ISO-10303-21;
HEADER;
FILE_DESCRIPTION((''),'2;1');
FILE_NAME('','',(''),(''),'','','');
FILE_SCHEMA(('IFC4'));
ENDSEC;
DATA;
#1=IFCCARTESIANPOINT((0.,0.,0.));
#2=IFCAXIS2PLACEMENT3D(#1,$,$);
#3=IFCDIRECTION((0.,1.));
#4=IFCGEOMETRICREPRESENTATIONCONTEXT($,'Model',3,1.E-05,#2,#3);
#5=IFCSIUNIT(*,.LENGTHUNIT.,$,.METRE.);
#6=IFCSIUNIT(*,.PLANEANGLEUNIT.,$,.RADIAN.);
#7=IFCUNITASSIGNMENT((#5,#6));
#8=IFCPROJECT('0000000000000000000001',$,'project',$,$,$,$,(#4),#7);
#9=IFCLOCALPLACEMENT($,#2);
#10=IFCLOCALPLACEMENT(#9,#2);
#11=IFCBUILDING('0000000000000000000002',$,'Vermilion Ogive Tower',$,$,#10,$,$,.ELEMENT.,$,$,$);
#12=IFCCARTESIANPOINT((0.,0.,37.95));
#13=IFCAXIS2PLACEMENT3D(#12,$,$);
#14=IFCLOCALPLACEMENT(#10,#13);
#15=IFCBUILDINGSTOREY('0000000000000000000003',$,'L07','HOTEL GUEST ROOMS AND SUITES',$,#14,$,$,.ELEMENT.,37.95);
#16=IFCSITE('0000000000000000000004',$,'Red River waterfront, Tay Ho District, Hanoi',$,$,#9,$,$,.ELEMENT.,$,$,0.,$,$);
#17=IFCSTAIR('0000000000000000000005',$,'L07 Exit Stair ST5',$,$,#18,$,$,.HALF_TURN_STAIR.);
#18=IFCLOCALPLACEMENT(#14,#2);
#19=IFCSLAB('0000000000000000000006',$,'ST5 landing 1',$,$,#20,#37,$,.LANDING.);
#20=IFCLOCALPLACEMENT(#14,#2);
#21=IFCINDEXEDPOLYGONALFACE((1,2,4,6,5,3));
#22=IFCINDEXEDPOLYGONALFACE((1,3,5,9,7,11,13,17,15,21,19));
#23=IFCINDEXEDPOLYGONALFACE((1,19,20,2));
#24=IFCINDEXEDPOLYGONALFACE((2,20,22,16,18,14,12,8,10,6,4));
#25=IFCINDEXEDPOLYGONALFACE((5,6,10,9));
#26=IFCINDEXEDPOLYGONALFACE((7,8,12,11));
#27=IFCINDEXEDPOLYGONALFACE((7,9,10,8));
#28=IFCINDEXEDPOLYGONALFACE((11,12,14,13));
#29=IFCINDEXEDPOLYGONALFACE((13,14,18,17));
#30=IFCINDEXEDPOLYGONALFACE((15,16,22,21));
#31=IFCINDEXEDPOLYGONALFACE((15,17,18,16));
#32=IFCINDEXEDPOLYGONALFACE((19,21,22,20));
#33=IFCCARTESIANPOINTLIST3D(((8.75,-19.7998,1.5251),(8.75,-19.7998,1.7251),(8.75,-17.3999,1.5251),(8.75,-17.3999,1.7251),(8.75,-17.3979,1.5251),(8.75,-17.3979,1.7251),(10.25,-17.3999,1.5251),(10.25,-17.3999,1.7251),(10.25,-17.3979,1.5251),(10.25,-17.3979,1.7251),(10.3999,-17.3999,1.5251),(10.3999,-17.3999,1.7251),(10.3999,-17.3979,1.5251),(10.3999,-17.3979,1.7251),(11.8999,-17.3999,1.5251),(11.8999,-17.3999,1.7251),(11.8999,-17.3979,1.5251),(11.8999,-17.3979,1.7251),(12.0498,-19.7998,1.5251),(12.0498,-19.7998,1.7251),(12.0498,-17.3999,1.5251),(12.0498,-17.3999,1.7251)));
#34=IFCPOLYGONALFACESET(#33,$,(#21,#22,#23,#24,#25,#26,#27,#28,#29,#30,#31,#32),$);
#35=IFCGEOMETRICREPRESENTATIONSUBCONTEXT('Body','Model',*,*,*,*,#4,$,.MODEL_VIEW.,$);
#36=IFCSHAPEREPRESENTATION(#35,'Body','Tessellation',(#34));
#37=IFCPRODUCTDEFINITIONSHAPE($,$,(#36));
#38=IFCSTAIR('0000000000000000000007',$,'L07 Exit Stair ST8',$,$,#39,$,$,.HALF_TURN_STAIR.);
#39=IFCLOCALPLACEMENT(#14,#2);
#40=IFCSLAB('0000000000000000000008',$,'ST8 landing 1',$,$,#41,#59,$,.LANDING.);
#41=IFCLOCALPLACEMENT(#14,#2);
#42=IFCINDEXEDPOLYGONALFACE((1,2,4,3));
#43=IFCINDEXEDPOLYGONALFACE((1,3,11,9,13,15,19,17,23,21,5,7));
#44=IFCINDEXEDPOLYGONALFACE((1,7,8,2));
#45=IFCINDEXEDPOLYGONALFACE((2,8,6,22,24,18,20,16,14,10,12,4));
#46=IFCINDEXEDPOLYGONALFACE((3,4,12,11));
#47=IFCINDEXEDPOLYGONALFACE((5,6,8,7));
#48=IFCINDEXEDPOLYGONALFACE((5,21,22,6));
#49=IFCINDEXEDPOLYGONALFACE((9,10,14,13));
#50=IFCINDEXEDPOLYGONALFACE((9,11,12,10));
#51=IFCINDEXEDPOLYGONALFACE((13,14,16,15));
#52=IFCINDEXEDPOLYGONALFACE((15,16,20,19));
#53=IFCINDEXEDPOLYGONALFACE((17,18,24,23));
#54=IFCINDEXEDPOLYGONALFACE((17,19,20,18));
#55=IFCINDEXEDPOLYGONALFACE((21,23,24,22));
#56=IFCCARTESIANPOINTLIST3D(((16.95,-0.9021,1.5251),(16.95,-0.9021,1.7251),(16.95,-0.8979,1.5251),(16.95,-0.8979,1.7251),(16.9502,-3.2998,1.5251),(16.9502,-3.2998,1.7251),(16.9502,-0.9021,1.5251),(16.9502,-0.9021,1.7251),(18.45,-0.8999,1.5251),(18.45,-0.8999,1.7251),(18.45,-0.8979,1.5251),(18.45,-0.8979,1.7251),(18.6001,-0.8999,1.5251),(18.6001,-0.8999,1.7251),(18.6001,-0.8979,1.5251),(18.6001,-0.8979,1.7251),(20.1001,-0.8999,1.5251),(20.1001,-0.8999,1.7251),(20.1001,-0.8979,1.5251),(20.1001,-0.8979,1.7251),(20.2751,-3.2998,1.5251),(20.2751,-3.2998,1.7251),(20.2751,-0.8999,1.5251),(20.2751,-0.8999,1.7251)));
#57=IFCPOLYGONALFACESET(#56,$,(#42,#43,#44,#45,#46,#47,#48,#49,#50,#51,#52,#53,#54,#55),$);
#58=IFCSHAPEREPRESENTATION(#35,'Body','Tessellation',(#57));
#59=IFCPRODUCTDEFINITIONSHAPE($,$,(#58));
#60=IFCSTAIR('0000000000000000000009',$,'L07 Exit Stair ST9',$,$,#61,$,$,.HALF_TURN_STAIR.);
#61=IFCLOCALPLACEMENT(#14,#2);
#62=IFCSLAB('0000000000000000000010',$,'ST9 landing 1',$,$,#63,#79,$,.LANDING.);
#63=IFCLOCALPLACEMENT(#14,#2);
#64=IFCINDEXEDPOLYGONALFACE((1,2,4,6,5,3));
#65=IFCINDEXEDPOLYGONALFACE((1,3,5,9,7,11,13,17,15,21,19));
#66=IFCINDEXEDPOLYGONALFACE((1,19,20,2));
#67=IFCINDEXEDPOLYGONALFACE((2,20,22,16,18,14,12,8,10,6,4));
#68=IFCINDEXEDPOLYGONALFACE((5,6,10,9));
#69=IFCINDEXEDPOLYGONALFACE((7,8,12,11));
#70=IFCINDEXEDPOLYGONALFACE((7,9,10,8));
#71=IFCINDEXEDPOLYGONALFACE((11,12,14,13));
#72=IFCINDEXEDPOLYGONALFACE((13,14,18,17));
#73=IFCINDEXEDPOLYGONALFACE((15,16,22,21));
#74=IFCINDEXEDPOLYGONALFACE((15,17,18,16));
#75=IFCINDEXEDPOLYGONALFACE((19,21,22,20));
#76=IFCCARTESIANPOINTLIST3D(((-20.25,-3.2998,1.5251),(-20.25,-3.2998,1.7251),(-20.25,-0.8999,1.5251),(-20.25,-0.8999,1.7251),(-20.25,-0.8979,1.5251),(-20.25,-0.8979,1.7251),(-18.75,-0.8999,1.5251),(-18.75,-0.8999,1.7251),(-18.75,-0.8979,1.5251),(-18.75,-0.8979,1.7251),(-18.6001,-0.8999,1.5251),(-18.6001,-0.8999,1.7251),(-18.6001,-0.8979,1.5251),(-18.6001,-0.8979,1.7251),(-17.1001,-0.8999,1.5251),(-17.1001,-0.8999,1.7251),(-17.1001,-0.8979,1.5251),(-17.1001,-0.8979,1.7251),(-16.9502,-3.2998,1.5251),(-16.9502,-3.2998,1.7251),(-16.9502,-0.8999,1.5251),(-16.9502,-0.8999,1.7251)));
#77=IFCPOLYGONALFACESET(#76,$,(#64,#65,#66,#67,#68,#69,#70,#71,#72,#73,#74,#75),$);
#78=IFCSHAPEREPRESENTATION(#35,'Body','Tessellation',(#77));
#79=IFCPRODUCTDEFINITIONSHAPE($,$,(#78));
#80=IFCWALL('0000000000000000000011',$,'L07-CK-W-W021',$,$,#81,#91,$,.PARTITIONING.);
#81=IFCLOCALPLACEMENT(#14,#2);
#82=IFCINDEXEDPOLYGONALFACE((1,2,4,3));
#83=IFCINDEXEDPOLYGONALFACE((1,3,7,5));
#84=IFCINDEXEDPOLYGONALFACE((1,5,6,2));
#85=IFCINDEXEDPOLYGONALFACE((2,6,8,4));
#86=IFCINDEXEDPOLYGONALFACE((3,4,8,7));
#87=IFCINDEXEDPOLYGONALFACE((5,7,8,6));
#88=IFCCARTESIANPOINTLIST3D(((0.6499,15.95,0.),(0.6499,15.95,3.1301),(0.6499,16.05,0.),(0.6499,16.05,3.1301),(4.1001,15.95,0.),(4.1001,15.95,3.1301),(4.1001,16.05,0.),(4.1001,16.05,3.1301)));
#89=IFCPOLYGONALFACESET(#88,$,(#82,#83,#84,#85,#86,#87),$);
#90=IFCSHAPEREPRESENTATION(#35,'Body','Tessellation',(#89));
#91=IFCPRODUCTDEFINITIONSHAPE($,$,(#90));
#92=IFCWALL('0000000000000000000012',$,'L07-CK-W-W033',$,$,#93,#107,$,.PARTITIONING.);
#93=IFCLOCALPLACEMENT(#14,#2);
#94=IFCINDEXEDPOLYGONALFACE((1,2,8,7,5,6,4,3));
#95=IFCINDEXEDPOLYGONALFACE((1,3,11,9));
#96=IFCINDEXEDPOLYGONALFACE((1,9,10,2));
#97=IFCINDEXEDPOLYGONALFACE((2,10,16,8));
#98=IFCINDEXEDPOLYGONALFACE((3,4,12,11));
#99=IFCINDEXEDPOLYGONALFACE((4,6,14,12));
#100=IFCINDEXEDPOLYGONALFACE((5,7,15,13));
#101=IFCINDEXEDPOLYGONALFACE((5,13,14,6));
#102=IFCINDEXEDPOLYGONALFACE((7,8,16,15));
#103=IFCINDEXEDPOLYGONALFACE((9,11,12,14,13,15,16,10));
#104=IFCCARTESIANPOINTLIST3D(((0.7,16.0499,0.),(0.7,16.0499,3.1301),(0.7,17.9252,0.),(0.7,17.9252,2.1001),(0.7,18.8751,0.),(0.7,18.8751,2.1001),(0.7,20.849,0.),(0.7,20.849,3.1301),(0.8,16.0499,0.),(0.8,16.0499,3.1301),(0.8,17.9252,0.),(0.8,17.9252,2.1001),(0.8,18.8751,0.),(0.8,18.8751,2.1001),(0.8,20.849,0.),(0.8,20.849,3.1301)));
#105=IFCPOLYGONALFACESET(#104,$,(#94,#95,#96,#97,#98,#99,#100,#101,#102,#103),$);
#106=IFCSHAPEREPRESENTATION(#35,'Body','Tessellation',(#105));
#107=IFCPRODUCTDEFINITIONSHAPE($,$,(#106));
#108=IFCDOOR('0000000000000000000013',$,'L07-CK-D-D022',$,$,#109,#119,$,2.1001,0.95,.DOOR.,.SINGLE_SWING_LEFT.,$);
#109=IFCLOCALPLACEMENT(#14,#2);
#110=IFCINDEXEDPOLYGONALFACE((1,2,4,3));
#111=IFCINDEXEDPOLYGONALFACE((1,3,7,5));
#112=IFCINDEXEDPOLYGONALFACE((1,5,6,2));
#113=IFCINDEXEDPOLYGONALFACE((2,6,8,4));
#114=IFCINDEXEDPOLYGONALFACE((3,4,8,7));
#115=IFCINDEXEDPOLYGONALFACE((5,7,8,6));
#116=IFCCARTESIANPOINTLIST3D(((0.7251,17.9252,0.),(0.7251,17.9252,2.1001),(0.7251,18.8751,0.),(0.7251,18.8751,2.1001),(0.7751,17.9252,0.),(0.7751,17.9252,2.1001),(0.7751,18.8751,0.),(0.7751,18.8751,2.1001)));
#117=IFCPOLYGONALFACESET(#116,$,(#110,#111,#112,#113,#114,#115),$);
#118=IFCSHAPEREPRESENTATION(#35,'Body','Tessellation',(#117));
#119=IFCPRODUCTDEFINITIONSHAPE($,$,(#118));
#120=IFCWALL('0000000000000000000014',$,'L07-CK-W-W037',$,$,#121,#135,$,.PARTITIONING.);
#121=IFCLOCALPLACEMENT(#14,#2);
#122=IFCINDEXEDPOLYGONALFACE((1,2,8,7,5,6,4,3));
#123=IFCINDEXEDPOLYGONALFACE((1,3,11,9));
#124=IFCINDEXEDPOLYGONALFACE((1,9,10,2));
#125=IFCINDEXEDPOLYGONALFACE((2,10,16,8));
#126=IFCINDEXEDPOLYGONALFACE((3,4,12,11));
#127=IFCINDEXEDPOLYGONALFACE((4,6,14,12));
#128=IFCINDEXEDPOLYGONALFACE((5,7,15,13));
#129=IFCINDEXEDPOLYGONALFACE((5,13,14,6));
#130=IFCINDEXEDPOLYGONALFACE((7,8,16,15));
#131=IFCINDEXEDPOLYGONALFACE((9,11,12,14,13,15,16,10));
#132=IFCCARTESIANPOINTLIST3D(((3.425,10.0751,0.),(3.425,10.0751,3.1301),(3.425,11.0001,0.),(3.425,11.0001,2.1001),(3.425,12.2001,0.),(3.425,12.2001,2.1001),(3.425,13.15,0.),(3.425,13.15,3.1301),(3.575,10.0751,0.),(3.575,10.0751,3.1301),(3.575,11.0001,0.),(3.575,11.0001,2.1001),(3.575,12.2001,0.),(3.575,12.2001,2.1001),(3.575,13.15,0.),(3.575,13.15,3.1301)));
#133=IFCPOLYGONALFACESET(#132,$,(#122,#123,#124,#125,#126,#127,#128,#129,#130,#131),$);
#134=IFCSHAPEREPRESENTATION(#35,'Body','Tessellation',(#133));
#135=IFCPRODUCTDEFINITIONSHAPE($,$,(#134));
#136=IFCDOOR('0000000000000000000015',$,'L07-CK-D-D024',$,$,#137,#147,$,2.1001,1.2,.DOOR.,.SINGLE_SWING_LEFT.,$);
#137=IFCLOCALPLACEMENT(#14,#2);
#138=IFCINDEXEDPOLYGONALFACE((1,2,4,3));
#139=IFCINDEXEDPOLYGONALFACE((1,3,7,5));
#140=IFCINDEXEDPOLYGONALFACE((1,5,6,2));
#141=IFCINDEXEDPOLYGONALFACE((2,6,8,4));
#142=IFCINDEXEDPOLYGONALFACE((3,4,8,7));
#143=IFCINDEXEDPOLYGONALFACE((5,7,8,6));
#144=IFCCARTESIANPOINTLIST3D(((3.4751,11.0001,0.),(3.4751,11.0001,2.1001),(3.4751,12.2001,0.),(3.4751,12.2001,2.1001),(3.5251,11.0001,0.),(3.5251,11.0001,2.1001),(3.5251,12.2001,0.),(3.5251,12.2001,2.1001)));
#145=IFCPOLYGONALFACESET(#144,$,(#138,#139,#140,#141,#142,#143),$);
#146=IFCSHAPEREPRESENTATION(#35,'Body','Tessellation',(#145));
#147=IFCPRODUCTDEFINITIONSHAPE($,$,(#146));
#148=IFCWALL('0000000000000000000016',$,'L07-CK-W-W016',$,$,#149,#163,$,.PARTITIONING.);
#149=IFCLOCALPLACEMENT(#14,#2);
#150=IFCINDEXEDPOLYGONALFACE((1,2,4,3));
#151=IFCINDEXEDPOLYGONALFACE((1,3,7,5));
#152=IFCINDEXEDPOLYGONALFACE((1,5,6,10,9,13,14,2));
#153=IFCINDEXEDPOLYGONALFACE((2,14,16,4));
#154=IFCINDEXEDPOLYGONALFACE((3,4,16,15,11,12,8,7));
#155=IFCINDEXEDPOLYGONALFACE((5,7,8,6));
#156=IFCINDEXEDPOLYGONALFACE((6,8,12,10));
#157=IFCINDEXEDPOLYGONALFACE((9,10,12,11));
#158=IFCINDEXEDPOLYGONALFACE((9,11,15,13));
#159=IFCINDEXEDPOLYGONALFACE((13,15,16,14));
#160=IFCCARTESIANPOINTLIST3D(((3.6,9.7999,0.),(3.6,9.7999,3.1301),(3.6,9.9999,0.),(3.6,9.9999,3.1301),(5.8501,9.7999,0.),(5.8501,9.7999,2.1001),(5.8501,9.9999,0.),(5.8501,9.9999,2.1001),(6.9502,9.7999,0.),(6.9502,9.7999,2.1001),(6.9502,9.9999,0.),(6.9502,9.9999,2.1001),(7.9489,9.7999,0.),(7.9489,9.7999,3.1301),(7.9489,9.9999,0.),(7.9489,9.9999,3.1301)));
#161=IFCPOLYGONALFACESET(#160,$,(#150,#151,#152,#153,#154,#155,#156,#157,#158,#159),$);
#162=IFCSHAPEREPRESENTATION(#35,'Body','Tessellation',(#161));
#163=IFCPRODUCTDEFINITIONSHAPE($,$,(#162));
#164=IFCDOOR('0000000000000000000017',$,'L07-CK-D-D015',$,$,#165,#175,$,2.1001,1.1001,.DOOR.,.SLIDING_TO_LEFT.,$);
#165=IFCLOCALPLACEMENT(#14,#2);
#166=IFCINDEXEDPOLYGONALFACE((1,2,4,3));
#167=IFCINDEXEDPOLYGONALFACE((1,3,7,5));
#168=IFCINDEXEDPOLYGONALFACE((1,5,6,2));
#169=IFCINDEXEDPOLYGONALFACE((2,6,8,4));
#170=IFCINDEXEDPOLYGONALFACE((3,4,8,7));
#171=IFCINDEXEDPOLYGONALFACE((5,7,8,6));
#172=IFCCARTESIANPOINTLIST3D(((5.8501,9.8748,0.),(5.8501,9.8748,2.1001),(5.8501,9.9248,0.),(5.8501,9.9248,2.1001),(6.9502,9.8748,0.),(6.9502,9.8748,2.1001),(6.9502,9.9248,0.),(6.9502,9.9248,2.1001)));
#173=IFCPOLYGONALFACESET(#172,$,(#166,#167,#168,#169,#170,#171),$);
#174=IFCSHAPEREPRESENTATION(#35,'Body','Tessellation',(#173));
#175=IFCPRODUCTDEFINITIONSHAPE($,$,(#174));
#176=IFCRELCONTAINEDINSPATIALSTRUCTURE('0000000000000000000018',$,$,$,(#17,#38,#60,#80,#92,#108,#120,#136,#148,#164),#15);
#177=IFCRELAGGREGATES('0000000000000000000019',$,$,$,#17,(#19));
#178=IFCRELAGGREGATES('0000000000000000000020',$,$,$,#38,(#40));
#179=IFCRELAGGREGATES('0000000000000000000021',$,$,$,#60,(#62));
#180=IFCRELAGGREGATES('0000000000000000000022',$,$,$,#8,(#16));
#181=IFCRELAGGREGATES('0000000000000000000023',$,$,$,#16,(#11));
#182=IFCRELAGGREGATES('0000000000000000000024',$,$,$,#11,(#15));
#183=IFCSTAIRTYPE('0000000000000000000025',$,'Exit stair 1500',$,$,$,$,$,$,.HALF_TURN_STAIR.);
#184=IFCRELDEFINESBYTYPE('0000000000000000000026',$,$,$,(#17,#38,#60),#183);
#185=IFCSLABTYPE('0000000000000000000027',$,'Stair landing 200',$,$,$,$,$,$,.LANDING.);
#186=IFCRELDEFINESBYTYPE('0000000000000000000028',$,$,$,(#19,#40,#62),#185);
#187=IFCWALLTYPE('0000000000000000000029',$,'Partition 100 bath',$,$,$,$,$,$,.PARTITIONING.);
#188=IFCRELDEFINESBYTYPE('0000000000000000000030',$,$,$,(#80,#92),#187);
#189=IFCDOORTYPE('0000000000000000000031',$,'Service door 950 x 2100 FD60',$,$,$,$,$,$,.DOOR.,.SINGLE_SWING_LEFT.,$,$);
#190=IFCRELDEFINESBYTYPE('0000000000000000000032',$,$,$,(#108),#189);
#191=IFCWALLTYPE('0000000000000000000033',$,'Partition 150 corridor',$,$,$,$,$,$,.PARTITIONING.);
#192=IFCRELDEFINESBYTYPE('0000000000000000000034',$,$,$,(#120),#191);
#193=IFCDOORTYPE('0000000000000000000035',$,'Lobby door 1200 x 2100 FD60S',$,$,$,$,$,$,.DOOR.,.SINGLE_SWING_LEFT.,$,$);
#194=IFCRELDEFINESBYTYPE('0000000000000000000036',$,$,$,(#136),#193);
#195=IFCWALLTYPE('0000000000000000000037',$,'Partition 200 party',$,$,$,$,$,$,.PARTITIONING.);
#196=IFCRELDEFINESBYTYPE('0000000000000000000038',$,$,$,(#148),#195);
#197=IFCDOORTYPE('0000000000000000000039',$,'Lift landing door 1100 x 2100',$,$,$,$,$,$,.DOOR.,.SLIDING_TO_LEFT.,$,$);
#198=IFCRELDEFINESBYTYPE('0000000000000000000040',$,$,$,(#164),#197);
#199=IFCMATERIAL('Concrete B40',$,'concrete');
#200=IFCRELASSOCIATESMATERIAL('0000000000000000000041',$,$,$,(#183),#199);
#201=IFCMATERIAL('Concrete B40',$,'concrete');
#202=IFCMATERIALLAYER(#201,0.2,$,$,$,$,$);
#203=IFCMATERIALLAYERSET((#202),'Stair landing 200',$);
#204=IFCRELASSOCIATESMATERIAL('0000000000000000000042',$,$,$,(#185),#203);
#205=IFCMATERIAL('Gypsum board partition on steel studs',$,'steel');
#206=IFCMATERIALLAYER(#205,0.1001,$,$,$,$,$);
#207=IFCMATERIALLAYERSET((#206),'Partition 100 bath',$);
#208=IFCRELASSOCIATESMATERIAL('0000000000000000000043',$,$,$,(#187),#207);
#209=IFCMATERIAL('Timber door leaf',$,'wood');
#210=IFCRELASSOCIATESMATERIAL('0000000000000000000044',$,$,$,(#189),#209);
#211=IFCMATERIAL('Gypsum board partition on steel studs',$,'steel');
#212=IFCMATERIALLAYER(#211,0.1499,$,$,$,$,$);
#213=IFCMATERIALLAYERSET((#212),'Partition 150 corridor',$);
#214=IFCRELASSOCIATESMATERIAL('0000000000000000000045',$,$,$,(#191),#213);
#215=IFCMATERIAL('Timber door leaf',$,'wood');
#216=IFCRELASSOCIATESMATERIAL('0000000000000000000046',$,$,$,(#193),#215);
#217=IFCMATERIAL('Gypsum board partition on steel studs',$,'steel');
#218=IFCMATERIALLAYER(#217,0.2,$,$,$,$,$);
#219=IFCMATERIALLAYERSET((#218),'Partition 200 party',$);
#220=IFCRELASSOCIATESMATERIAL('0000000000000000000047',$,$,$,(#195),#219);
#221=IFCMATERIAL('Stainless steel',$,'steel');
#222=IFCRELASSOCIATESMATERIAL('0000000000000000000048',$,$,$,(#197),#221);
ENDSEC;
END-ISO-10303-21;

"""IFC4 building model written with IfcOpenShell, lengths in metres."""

from ifc_helpers import new_model, si_unit, direction, frame, frame_2d, origin, place, context, subcontext, project, spatial, polyline, rectangle, outline, extrude, material, layer, layer_set, type_object, element, fill, aggregate, save


model = new_model("IFC4")

# Units and contexts
model_context = context("Model", 3, precision=1e-05, world=origin(), true_north=direction((0.0, 1.0)))
body_context = subcontext(model_context, "Body", "Model", "MODEL_VIEW")
ifc_project = project(units=[si_unit("LENGTHUNIT", "METRE"), si_unit("PLANEANGLEUNIT", "RADIAN")], contexts=[model_context])

# Site, building, storey
site_placement = place(None, origin())
site = spatial("IfcSite", under=ifc_project, at=site_placement, Name="Red River waterfront, Tay Ho District, Hanoi", CompositionType="ELEMENT", RefElevation=0.0)
building_placement = place(site_placement, origin())
building = spatial("IfcBuilding", under=site, at=building_placement, Name="Vermilion Ogive Tower", CompositionType="ELEMENT")
storey_placement = place(building_placement, frame((0.0, 0.0, 37.95)))
storey = spatial("IfcBuildingStorey", under=building, at=storey_placement, Name="L07", Description="HOTEL GUEST ROOMS AND SUITES", CompositionType="ELEMENT", Elevation=37.95)

# Stairs, slabs
ifc_material_1 = material(Name="Concrete B40", Category="concrete")
stair_type = type_object("IfcStairType", Name="Exit stair 1500", PredefinedType="HALF_TURN_STAIR", material=ifc_material_1)
ifc_material_2 = material(Name="Concrete B40", Category="concrete")
ifc_layer_1 = layer(ifc_material_2, 0.2)
ifc_layer_set_1 = layer_set([ifc_layer_1], Name="Stair landing 200")
slab_type_1 = type_object("IfcSlabType", Name="Stair landing 200", PredefinedType="LANDING", material=ifc_layer_set_1)
stair_1_placement = place(storey_placement, origin())
stair_1 = element("IfcStair", 1, at=stair_1_placement, inside=storey, type_object=stair_type, Name="L07 Exit Stair ST5", PredefinedType="HALF_TURN_STAIR")
slab_1_placement = place(storey_placement, frame((0.0, 0.0, 1.5251)))
slab_1 = element("IfcSlab", 2, at=slab_1_placement, type_object=slab_type_1, Name="ST5 landing 1", PredefinedType="LANDING", context=body_context, shape_type="SweptSolid", body=[
    extrude(outline(polyline([(12.0498, -17.3999), (11.8999, -17.3999), (11.8999, -17.3979), (10.3999, -17.3979), (10.3999, -17.3999), (10.25, -17.3999), (10.25, -17.3979), (8.75, -17.3979), (8.75, -17.3999), (8.75, -17.3999), (8.75, -19.7998), (12.0498, -19.7998), (12.0498, -17.3999)])), origin(), (0.0, 0.0, 1.0), 0.2),
])
aggregate(stair_1, [slab_1])
stair_2_placement = place(storey_placement, origin())
stair_2 = element("IfcStair", 3, at=stair_2_placement, inside=storey, type_object=stair_type, Name="L07 Exit Stair ST8", PredefinedType="HALF_TURN_STAIR")
slab_2_placement = place(storey_placement, frame((0.0, 0.0, 1.5251)))
slab_2 = element("IfcSlab", 4, at=slab_2_placement, type_object=slab_type_1, Name="ST8 landing 1", PredefinedType="LANDING", context=body_context, shape_type="SweptSolid", body=[
    extrude(outline(polyline([(20.2751, -0.8999), (20.1001, -0.8999), (20.1001, -0.8979), (18.6001, -0.8979), (18.6001, -0.8999), (18.45, -0.8999), (18.45, -0.8979), (16.95, -0.8979), (16.95, -0.9021), (16.9502, -0.9021), (16.9502, -3.2998), (20.2751, -3.2998), (20.2751, -0.8999)])), origin(), (0.0, 0.0, 1.0), 0.2),
])
aggregate(stair_2, [slab_2])
stair_3_placement = place(storey_placement, origin())
stair_3 = element("IfcStair", 5, at=stair_3_placement, inside=storey, type_object=stair_type, Name="L07 Exit Stair ST9", PredefinedType="HALF_TURN_STAIR")
slab_3_placement = place(storey_placement, frame((0.0, 0.0, 1.5251)))
slab_3 = element("IfcSlab", 6, at=slab_3_placement, type_object=slab_type_1, Name="ST9 landing 1", PredefinedType="LANDING", context=body_context, shape_type="SweptSolid", body=[
    extrude(outline(polyline([(-16.9502, -0.8999), (-17.1001, -0.8999), (-17.1001, -0.8979), (-18.6001, -0.8979), (-18.6001, -0.8999), (-18.75, -0.8999), (-18.75, -0.8979), (-20.25, -0.8979), (-20.25, -0.8999), (-20.25, -0.8999), (-20.25, -3.2998), (-16.9502, -3.2998), (-16.9502, -0.8999)])), origin(), (0.0, 0.0, 1.0), 0.2),
])
aggregate(stair_3, [slab_3])

# Wall
ifc_material_3 = material(Name="Gypsum board partition on steel studs", Category="steel")
ifc_layer_2 = layer(ifc_material_3, 0.1001)
ifc_layer_set_2 = layer_set([ifc_layer_2], Name="Partition 100 bath")
wall_type_1 = type_object("IfcWallType", Name="Partition 100 bath", PredefinedType="PARTITIONING", material=ifc_layer_set_2)
wall_1_placement = place(storey_placement, frame((0.6499, 16.0, 0.0), z_axis=(0.0, 0.0, 1.0), x_axis=(1.0, 0.0, 0.0)))
element("IfcWall", 7, at=wall_1_placement, inside=storey, type_object=wall_type_1, Name="L07-CK-W-W021", PredefinedType="PARTITIONING", context=body_context, shape_type="SweptSolid", body=[
    extrude(rectangle(XDim=3.4502, YDim=0.1001, at=frame_2d((1.7251, 0.0))), origin(), (0.0, 0.0, 1.0), 3.1301),
])

# Walls, openings, doors
wall_2_placement = place(storey_placement, frame((0.75, 16.05, 0.0), z_axis=(0.0, 0.0, 1.0), x_axis=(0.0, 1.0, 0.0)))
wall_2 = element("IfcWall", 8, at=wall_2_placement, inside=storey, type_object=wall_type_1, Name="L07-CK-W-W033", PredefinedType="PARTITIONING", context=body_context, shape_type="SweptSolid", body=[
    extrude(rectangle(XDim=4.7991, YDim=0.1001, at=frame_2d((2.3994, 0.0))), origin(), (0.0, 0.0, 1.0), 3.1301),
])
opening_1_placement = place(wall_2_placement, frame((1.875, 0.0, 0.0)))
opening_1 = element("IfcOpeningElement", 9, at=opening_1_placement, cuts=wall_2, PredefinedType="OPENING", context=body_context, shape_type="SweptSolid", body=[
    extrude(rectangle(XDim=0.95, YDim=2.1001, at=frame_2d((0.4751, 1.05))), frame((0.0, 0.0601, 0.0), z_axis=(0.0, -1.0, 0.0), x_axis=(1.0, 0.0, 0.0)), (0.0, 0.0, 1.0), 0.1201),
])
ifc_material_4 = material(Name="Timber door leaf", Category="wood")
door_type_1 = type_object("IfcDoorType", Name="Service door 950 x 2100 FD60", OperationType="SINGLE_SWING_LEFT", PredefinedType="DOOR", material=ifc_material_4)
door_1_placement = place(opening_1_placement, origin())
door_1 = element("IfcDoor", 10, at=door_1_placement, inside=storey, type_object=door_type_1, Name="L07-CK-D-D022", OperationType="SINGLE_SWING_LEFT", OverallHeight=2.1001, OverallWidth=0.95, PredefinedType="DOOR", context=body_context, shape_type="SweptSolid", body=[
    extrude(rectangle(XDim=0.95, YDim=2.1001, at=frame_2d((0.4751, 1.05))), frame((0.0, 0.0249, 0.0), z_axis=(0.0, -1.0, 0.0), x_axis=(1.0, 0.0, 0.0)), (0.0, 0.0, 1.0), 0.05),
])
fill(opening_1, door_1)
ifc_material_5 = material(Name="Gypsum board partition on steel studs", Category="steel")
ifc_layer_3 = layer(ifc_material_5, 0.1499)
ifc_layer_set_3 = layer_set([ifc_layer_3], Name="Partition 150 corridor")
wall_type_2 = type_object("IfcWallType", Name="Partition 150 corridor", PredefinedType="PARTITIONING", material=ifc_layer_set_3)
wall_3_placement = place(storey_placement, frame((3.5, 10.075, 0.0), z_axis=(0.0, 0.0, 1.0), x_axis=(0.0, 1.0, 0.0)))
wall_3 = element("IfcWall", 11, at=wall_3_placement, inside=storey, type_object=wall_type_2, Name="L07-CK-W-W037", PredefinedType="PARTITIONING", context=body_context, shape_type="SweptSolid", body=[
    extrude(rectangle(XDim=3.075, YDim=0.1499, at=frame_2d((1.5376, 0.0))), origin(), (0.0, 0.0, 1.0), 3.1301),
])
opening_2_placement = place(wall_3_placement, frame((0.925, 0.0, 0.0)))
opening_2 = element("IfcOpeningElement", 12, at=opening_2_placement, cuts=wall_3, PredefinedType="OPENING", context=body_context, shape_type="SweptSolid", body=[
    extrude(rectangle(XDim=1.2, YDim=2.1001, at=frame_2d((0.6001, 1.05))), frame((0.0, 0.085, 0.0), z_axis=(0.0, -1.0, 0.0), x_axis=(1.0, 0.0, 0.0)), (0.0, 0.0, 1.0), 0.1699),
])
ifc_material_6 = material(Name="Timber door leaf", Category="wood")
door_type_2 = type_object("IfcDoorType", Name="Lobby door 1200 x 2100 FD60S", OperationType="SINGLE_SWING_LEFT", PredefinedType="DOOR", material=ifc_material_6)
door_2_placement = place(opening_2_placement, origin())
door_2 = element("IfcDoor", 13, at=door_2_placement, inside=storey, type_object=door_type_2, Name="L07-CK-D-D024", OperationType="SINGLE_SWING_LEFT", OverallHeight=2.1001, OverallWidth=1.2, PredefinedType="DOOR", context=body_context, shape_type="SweptSolid", body=[
    extrude(rectangle(XDim=1.2, YDim=2.1001, at=frame_2d((0.6001, 1.05))), frame((0.0, 0.0249, 0.0), z_axis=(0.0, -1.0, 0.0), x_axis=(1.0, 0.0, 0.0)), (0.0, 0.0, 1.0), 0.05),
])
fill(opening_2, door_2)
ifc_material_7 = material(Name="Gypsum board partition on steel studs", Category="steel")
ifc_layer_4 = layer(ifc_material_7, 0.2)
ifc_layer_set_4 = layer_set([ifc_layer_4], Name="Partition 200 party")
wall_type_3 = type_object("IfcWallType", Name="Partition 200 party", PredefinedType="PARTITIONING", material=ifc_layer_set_4)
wall_4_placement = place(storey_placement, frame((3.6001, 9.8999, 0.0), z_axis=(0.0, 0.0, 1.0), x_axis=(1.0, 0.0, 0.0)))
wall_4 = element("IfcWall", 14, at=wall_4_placement, inside=storey, type_object=wall_type_3, Name="L07-CK-W-W016", PredefinedType="PARTITIONING", context=body_context, shape_type="SweptSolid", body=[
    extrude(rectangle(XDim=4.3489, YDim=0.2, at=frame_2d((2.1743, 0.0))), origin(), (0.0, 0.0, 1.0), 3.1301),
])
opening_3_placement = place(wall_4_placement, frame((2.25, 0.0, 0.0)))
opening_3 = element("IfcOpeningElement", 15, at=opening_3_placement, cuts=wall_4, PredefinedType="OPENING", context=body_context, shape_type="SweptSolid", body=[
    extrude(rectangle(XDim=1.1001, YDim=2.1001, at=frame_2d((0.55, 1.05))), frame((0.0, 0.1099, 0.0), z_axis=(0.0, -1.0, 0.0), x_axis=(1.0, 0.0, 0.0)), (0.0, 0.0, 1.0), 0.22),
])
ifc_material_8 = material(Name="Stainless steel", Category="steel")
door_type_3 = type_object("IfcDoorType", Name="Lift landing door 1100 x 2100", OperationType="SLIDING_TO_LEFT", PredefinedType="DOOR", material=ifc_material_8)
door_3_placement = place(opening_3_placement, origin())
door_3 = element("IfcDoor", 16, at=door_3_placement, inside=storey, type_object=door_type_3, Name="L07-CK-D-D015", OperationType="SLIDING_TO_LEFT", OverallHeight=2.1001, OverallWidth=1.1001, PredefinedType="DOOR", context=body_context, shape_type="SweptSolid", body=[
    extrude(rectangle(XDim=1.1001, YDim=2.1001, at=frame_2d((0.55, 1.05))), frame((0.0, 0.0249, 0.0), z_axis=(0.0, -1.0, 0.0), x_axis=(1.0, 0.0, 0.0)), (0.0, 0.0, 1.0), 0.05),
])
fill(opening_3, door_3)

save(model, "model.ifc")
